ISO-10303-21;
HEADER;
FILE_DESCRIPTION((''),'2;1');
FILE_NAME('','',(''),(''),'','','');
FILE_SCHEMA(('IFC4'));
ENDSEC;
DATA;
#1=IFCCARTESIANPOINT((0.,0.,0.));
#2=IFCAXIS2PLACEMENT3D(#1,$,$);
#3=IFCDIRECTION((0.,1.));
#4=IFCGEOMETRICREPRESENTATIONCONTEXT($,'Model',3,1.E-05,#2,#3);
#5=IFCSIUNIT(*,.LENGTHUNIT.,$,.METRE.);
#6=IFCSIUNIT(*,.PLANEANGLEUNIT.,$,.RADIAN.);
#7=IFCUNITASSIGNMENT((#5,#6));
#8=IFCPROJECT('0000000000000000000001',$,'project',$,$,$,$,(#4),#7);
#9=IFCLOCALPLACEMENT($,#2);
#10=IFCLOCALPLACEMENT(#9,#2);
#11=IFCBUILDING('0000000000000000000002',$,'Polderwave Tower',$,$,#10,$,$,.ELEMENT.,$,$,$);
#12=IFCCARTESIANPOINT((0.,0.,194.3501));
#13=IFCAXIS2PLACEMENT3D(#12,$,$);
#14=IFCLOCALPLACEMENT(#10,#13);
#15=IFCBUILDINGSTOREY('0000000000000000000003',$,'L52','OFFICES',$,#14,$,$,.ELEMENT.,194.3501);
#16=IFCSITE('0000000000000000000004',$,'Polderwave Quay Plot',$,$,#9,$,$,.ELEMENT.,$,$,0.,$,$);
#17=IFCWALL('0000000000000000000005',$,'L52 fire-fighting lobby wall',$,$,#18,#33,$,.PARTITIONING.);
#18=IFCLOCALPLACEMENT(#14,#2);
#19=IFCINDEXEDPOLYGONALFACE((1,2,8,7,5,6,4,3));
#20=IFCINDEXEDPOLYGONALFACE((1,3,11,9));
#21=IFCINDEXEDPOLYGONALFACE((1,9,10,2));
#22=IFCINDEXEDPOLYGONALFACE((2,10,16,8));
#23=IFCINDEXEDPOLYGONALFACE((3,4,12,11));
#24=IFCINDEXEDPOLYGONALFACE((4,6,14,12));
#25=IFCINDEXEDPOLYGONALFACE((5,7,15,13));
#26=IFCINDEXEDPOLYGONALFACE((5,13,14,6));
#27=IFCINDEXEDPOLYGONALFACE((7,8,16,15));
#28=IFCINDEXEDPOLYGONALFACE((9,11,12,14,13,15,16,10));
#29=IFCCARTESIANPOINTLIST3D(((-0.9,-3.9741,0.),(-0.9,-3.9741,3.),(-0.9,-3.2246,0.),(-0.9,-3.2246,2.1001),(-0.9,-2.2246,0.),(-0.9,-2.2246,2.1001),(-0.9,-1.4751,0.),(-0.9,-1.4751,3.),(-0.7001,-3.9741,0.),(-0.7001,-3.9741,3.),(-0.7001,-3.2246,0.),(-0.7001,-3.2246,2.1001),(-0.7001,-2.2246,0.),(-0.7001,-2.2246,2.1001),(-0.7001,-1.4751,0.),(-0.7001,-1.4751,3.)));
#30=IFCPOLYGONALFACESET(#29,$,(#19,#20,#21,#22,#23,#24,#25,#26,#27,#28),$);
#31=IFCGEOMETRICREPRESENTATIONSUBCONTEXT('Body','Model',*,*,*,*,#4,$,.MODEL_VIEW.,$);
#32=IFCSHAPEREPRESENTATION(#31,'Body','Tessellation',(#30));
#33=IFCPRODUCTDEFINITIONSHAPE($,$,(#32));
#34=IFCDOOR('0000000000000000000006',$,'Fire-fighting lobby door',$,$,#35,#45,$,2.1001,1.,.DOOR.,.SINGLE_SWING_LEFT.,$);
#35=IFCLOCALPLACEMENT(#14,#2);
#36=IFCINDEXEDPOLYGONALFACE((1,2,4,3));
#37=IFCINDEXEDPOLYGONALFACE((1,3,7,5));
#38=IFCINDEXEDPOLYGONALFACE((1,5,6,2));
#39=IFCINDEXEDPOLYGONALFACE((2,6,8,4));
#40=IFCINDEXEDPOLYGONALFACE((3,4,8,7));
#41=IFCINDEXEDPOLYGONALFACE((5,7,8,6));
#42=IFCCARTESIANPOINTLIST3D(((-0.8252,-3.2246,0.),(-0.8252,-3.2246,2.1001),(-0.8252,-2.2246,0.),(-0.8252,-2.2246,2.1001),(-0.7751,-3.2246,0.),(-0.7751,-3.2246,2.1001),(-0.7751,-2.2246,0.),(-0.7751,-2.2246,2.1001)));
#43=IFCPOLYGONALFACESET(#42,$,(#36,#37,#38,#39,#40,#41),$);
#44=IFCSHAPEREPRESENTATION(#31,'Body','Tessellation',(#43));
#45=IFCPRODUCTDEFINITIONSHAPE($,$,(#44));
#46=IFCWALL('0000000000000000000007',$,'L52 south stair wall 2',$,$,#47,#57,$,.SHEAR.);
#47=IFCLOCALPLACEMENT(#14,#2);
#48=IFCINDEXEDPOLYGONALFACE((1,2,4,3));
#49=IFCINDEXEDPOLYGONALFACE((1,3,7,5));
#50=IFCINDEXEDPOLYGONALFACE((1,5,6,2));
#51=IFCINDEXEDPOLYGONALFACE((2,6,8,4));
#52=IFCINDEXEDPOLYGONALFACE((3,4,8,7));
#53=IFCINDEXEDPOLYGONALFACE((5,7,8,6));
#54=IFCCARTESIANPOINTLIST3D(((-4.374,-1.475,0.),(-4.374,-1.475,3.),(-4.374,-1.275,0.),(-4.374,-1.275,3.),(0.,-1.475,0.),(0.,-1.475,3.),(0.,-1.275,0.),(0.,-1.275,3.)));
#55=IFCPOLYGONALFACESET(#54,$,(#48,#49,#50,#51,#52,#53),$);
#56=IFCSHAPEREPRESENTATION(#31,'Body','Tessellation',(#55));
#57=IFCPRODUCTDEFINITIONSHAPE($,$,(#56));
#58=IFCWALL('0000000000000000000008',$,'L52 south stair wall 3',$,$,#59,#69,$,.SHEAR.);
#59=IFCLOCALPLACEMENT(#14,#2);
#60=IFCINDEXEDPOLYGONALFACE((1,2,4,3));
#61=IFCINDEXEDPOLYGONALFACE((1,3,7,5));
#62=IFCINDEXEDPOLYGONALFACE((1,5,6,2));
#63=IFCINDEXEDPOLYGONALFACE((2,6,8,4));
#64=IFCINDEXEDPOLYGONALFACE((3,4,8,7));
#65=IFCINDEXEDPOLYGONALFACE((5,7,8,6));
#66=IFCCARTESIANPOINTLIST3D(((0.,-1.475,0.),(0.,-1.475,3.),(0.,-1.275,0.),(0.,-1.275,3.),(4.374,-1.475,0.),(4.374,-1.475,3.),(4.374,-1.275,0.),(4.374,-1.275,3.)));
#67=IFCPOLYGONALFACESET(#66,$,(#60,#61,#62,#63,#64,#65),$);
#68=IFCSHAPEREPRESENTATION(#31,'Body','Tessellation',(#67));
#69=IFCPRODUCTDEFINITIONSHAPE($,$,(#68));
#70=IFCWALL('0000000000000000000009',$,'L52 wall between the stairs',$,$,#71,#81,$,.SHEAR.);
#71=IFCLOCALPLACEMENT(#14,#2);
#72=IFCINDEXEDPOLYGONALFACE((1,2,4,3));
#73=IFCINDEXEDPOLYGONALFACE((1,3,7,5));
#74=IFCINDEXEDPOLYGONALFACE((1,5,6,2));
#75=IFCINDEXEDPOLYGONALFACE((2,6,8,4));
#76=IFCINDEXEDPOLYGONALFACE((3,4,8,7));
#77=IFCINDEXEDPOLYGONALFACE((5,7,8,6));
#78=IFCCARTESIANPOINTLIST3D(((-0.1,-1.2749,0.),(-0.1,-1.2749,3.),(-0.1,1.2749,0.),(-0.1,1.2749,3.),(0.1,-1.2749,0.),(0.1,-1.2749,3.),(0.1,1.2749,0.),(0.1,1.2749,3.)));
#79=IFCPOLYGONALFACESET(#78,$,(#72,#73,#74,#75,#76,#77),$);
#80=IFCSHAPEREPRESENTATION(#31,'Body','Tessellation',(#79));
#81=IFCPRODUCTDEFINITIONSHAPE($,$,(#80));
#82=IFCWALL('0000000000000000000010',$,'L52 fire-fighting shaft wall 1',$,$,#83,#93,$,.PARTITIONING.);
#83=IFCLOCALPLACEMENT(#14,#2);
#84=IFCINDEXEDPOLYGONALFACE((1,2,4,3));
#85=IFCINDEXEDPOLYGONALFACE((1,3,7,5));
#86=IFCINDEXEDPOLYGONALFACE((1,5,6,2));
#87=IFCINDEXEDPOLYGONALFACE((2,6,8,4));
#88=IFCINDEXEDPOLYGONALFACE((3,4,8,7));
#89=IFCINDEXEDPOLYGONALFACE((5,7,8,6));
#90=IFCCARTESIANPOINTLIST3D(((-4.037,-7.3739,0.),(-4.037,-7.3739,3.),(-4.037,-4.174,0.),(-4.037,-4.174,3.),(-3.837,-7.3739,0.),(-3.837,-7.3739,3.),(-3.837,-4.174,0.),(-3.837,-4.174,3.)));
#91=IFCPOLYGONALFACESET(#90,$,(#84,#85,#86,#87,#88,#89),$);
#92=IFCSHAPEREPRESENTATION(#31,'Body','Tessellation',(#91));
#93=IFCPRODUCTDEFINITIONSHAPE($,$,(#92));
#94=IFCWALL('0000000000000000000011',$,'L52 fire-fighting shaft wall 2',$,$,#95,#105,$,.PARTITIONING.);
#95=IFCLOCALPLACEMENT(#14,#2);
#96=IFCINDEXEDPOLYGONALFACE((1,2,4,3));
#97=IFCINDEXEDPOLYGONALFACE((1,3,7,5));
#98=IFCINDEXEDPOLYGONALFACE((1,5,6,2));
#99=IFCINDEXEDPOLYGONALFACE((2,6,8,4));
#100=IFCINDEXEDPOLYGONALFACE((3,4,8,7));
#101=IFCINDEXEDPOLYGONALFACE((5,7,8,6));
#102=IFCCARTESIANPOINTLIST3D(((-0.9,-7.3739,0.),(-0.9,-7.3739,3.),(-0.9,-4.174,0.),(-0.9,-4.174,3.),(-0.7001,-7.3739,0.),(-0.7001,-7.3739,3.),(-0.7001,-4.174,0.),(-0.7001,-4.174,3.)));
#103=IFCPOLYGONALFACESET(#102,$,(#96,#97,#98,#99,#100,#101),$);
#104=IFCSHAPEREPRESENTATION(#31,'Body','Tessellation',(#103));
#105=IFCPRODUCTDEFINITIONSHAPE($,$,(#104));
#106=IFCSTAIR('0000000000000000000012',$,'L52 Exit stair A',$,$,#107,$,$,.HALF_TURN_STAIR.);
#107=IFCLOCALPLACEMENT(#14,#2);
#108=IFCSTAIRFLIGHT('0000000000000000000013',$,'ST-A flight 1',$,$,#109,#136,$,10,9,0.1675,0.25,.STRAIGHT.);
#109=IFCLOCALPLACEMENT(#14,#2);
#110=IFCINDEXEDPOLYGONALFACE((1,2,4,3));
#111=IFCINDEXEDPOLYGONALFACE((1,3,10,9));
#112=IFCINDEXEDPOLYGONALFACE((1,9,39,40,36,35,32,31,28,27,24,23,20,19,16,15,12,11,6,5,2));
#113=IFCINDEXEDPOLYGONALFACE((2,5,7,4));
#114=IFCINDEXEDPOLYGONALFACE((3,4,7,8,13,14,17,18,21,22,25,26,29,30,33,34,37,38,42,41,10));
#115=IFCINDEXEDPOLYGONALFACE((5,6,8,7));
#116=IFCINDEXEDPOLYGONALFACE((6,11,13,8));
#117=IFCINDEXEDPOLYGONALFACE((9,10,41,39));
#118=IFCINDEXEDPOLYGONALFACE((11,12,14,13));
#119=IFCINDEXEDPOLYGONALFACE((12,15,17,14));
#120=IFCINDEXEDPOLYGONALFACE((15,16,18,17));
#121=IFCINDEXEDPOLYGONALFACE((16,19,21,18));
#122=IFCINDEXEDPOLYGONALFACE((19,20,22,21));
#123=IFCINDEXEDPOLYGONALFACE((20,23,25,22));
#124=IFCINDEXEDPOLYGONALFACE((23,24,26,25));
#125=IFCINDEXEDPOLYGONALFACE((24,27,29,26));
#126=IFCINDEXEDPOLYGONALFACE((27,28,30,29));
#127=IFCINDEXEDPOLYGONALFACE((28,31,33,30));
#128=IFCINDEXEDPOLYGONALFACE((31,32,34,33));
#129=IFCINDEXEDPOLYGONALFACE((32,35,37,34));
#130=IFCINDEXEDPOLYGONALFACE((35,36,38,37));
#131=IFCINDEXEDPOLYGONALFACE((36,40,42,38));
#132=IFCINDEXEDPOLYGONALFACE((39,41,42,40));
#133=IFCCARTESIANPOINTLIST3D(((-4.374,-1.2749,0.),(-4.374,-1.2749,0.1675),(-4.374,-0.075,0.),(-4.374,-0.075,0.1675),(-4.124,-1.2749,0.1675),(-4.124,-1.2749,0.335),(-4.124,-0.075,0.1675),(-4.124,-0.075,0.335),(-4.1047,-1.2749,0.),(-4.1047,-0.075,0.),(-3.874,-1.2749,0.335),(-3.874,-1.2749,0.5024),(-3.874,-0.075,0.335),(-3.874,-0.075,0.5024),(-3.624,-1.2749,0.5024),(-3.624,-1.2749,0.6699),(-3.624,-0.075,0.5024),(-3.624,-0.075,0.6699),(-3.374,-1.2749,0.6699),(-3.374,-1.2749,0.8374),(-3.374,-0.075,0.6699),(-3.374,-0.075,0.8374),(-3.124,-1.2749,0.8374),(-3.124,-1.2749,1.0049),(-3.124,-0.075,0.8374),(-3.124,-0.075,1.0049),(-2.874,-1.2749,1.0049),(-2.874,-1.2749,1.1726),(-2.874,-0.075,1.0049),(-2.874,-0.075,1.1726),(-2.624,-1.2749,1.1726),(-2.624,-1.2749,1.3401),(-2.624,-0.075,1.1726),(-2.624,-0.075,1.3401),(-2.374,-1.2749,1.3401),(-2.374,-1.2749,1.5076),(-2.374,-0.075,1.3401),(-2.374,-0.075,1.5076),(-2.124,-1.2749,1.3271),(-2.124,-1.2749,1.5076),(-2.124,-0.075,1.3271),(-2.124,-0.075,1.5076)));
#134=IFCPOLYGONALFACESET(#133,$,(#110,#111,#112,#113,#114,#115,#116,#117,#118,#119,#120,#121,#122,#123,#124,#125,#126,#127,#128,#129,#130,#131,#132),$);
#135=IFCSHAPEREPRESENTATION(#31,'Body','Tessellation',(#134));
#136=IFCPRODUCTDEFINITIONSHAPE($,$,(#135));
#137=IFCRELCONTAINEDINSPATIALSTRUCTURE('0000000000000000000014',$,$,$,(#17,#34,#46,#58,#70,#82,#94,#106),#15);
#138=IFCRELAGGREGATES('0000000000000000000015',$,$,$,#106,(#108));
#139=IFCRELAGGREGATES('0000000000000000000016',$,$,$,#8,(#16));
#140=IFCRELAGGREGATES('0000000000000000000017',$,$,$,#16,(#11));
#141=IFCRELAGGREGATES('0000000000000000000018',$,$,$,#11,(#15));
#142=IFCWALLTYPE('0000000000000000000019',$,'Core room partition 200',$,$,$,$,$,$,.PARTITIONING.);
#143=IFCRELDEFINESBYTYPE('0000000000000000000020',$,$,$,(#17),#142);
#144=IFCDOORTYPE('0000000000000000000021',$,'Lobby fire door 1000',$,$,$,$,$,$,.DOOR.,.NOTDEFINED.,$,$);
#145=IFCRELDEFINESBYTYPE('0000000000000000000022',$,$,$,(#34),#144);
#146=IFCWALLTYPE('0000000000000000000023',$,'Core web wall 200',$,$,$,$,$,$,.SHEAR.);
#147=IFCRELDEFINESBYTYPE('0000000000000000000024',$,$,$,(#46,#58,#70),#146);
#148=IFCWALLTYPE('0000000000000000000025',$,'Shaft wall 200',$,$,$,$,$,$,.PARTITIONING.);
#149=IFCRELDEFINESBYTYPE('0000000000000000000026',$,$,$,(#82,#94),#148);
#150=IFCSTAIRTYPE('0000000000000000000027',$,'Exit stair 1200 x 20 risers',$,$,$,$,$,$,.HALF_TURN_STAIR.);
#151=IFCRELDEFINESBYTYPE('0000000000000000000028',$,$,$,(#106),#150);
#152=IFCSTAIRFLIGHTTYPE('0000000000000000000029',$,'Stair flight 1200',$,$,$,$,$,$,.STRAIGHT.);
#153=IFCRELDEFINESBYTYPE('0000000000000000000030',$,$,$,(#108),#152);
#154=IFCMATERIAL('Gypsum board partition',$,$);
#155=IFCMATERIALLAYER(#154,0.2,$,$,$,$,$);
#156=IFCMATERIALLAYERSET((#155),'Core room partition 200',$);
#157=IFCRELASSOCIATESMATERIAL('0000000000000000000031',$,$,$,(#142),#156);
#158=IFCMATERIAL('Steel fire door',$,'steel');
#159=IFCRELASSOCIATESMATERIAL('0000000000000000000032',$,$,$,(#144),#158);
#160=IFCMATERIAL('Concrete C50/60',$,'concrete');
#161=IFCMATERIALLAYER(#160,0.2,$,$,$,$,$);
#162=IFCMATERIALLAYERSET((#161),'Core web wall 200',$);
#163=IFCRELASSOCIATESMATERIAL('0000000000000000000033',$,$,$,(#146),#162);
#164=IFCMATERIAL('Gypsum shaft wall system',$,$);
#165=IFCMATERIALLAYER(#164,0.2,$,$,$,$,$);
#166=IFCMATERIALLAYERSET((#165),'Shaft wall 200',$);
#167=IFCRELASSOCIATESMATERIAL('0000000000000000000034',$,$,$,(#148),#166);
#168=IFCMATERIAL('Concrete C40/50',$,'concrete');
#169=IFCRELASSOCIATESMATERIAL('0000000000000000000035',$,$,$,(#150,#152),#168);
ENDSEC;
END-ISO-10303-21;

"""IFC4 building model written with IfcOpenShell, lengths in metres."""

from ifc_helpers import new_model, si_unit, direction, frame, frame_2d, origin, place, context, subcontext, project, spatial, polyline, rectangle, outline, extrude, material, layer, layer_set, type_object, element, fill, aggregate, save


model = new_model("IFC4")

# Units and contexts
model_context = context("Model", 3, precision=1e-05, world=origin(), true_north=direction((0.0, 1.0)))
body_context = subcontext(model_context, "Body", "Model", "MODEL_VIEW")
ifc_project = project(units=[si_unit("LENGTHUNIT", "METRE"), si_unit("PLANEANGLEUNIT", "RADIAN")], contexts=[model_context])

# Site, building, storey
site_placement = place(None, origin())
site = spatial("IfcSite", under=ifc_project, at=site_placement, Name="Polderwave Quay Plot", CompositionType="ELEMENT", RefElevation=0.0)
building_placement = place(site_placement, origin())
building = spatial("IfcBuilding", under=site, at=building_placement, Name="Polderwave Tower", CompositionType="ELEMENT")
storey_placement = place(building_placement, frame((0.0, 0.0, 194.3501)))
storey = spatial("IfcBuildingStorey", under=building, at=storey_placement, Name="L52", Description="OFFICES", CompositionType="ELEMENT", Elevation=194.3501)

# Wall, opening, door
ifc_material_1 = material(Name="Gypsum board partition")
ifc_layer_1 = layer(ifc_material_1, 0.2)
ifc_layer_set_1 = layer_set([ifc_layer_1], Name="Core room partition 200")
wall_type_1 = type_object("IfcWallType", Name="Core room partition 200", PredefinedType="PARTITIONING", material=ifc_layer_set_1)
wall_1_placement = place(storey_placement, frame((-0.8, -3.9741, 0.0), z_axis=(0.0, 0.0, 1.0), x_axis=(0.0, 1.0, 0.0)))
wall_1 = element("IfcWall", 1, at=wall_1_placement, inside=storey, type_object=wall_type_1, Name="L52 fire-fighting lobby wall", PredefinedType="PARTITIONING", context=body_context, shape_type="SweptSolid", body=[
    extrude(rectangle(XDim=2.499, YDim=0.2, at=frame_2d((1.2495, 0.0))), origin(), (0.0, 0.0, 1.0), 3.0),
])
opening_placement = place(wall_1_placement, frame((0.7495, 0.0, 0.0)))
opening = element("IfcOpeningElement", 2, at=opening_placement, cuts=wall_1, PredefinedType="OPENING", context=body_context, shape_type="SweptSolid", body=[
    extrude(rectangle(XDim=1.0, YDim=2.1001, at=frame_2d((0.5, 1.05))), frame((0.0, 0.1099, 0.0), z_axis=(0.0, -1.0, 0.0), x_axis=(1.0, 0.0, 0.0)), (0.0, 0.0, 1.0), 0.22),
])
ifc_material_2 = material(Name="Steel fire door", Category="steel")
door_type = type_object("IfcDoorType", Name="Lobby fire door 1000", OperationType="NOTDEFINED", PredefinedType="DOOR", material=ifc_material_2)
door_placement = place(opening_placement, frame((1.0, 0.0, 0.0), z_axis=(0.0, 0.0, 1.0), x_axis=(-1.0, 0.0, 0.0)))
door = element("IfcDoor", 3, at=door_placement, inside=storey, type_object=door_type, Name="Fire-fighting lobby door", OperationType="SINGLE_SWING_LEFT", OverallHeight=2.1001, OverallWidth=1.0, PredefinedType="DOOR", context=body_context, shape_type="SweptSolid", body=[
    extrude(rectangle(XDim=1.0, YDim=2.1001, at=frame_2d((0.5, 1.05))), frame((0.0, 0.0249, 0.0), z_axis=(0.0, -1.0, 0.0), x_axis=(1.0, 0.0, 0.0)), (0.0, 0.0, 1.0), 0.05),
])
fill(opening, door)

# Walls
ifc_material_3 = material(Name="Concrete C50/60", Category="concrete")
ifc_layer_2 = layer(ifc_material_3, 0.2)
ifc_layer_set_2 = layer_set([ifc_layer_2], Name="Core web wall 200")
wall_type_2 = type_object("IfcWallType", Name="Core web wall 200", PredefinedType="SHEAR", material=ifc_layer_set_2)
for number, where, z_axis, x_axis, name in (
    (4, (-4.374, -1.375, 0.0), (0.0, 0.0, 1.0), (1.0, 0.0, 0.0), "L52 south stair wall 2"),
    (5, (0.0, -1.375, 0.0), (0.0, 0.0, 1.0), (1.0, 0.0, 0.0), "L52 south stair wall 3"),
):
    element("IfcWall", number, at=place(storey_placement, frame(where, z_axis=z_axis, x_axis=x_axis)), inside=storey, type_object=wall_type_2, Name=name, PredefinedType="SHEAR", context=body_context, shape_type="SweptSolid", body=[
        extrude(rectangle(XDim=4.374, YDim=0.2, at=frame_2d((2.187, 0.0))), origin(), (0.0, 0.0, 1.0), 3.0),
    ])
wall_2_placement = place(storey_placement, frame((0.0, -1.2749, 0.0), z_axis=(0.0, 0.0, 1.0), x_axis=(0.0, 1.0, 0.0)))
element("IfcWall", 6, at=wall_2_placement, inside=storey, type_object=wall_type_2, Name="L52 wall between the stairs", PredefinedType="SHEAR", context=body_context, shape_type="SweptSolid", body=[
    extrude(rectangle(XDim=2.5498, YDim=0.2, at=frame_2d((1.2749, 0.0))), origin(), (0.0, 0.0, 1.0), 3.0),
])
ifc_material_4 = material(Name="Gypsum shaft wall system")
ifc_layer_3 = layer(ifc_material_4, 0.2)
ifc_layer_set_3 = layer_set([ifc_layer_3], Name="Shaft wall 200")
wall_type_3 = type_object("IfcWallType", Name="Shaft wall 200", PredefinedType="PARTITIONING", material=ifc_layer_set_3)
for number, where, z_axis, x_axis, name in (
    (7, (-3.937, -7.374, 0.0), (0.0, 0.0, 1.0), (0.0, 1.0, 0.0), "L52 fire-fighting shaft wall 1"),
    (8, (-0.8, -7.374, 0.0), (0.0, 0.0, 1.0), (0.0, 1.0, 0.0), "L52 fire-fighting shaft wall 2"),
):
    element("IfcWall", number, at=place(storey_placement, frame(where, z_axis=z_axis, x_axis=x_axis)), inside=storey, type_object=wall_type_3, Name=name, PredefinedType="PARTITIONING", context=body_context, shape_type="SweptSolid", body=[
        extrude(rectangle(XDim=3.2, YDim=0.2, at=frame_2d((1.6001, 0.0))), origin(), (0.0, 0.0, 1.0), 3.0),
    ])

# Stair, stair flight
ifc_material_5 = material(Name="Concrete C40/50", Category="concrete")
stair_type = type_object("IfcStairType", Name="Exit stair 1200 x 20 risers", PredefinedType="HALF_TURN_STAIR", material=ifc_material_5)
stair_placement = place(storey_placement, origin())
stair = element("IfcStair", 9, at=stair_placement, inside=storey, type_object=stair_type, Name="L52 Exit stair A", PredefinedType="HALF_TURN_STAIR")
stair_flight_type = type_object("IfcStairFlightType", Name="Stair flight 1200", PredefinedType="STRAIGHT", material=ifc_material_5)
stair_flight_placement = place(storey_placement, frame((-4.374, -0.675, 0.0), z_axis=(0.0, 0.0, 1.0), x_axis=(1.0, 0.0, 0.0)))
stair_flight = element("IfcStairFlight", 10, at=stair_flight_placement, type_object=stair_flight_type, Name="ST-A flight 1", NumberOfRisers=10, NumberOfTreads=9, PredefinedType="STRAIGHT", RiserHeight=0.1675, TreadLength=0.25, context=body_context, shape_type="SweptSolid", body=[
    extrude(outline(polyline([(0.0, 0.0), (0.0, 0.1675), (0.25, 0.1675), (0.25, 0.335), (0.5, 0.335), (0.5, 0.5024), (0.75, 0.5024), (0.75, 0.6699), (1.0, 0.6699), (1.0, 0.8374), (1.25, 0.8374), (1.25, 1.0049), (1.5, 1.0049), (1.5, 1.1726), (1.75, 1.1726), (1.75, 1.3401), (2.0, 1.3401), (2.0, 1.5076), (2.25, 1.5076), (2.25, 1.675), (2.25, 1.3271), (0.2693, 0.0), (0.0, 0.0)])), frame((0.0, 0.6001, 0.0), z_axis=(0.0, -1.0, 0.0), x_axis=(1.0, 0.0, 0.0)), (0.0, 0.0, 1.0), 1.2),
])
aggregate(stair, [stair_flight])

save(model, "model.ifc")
